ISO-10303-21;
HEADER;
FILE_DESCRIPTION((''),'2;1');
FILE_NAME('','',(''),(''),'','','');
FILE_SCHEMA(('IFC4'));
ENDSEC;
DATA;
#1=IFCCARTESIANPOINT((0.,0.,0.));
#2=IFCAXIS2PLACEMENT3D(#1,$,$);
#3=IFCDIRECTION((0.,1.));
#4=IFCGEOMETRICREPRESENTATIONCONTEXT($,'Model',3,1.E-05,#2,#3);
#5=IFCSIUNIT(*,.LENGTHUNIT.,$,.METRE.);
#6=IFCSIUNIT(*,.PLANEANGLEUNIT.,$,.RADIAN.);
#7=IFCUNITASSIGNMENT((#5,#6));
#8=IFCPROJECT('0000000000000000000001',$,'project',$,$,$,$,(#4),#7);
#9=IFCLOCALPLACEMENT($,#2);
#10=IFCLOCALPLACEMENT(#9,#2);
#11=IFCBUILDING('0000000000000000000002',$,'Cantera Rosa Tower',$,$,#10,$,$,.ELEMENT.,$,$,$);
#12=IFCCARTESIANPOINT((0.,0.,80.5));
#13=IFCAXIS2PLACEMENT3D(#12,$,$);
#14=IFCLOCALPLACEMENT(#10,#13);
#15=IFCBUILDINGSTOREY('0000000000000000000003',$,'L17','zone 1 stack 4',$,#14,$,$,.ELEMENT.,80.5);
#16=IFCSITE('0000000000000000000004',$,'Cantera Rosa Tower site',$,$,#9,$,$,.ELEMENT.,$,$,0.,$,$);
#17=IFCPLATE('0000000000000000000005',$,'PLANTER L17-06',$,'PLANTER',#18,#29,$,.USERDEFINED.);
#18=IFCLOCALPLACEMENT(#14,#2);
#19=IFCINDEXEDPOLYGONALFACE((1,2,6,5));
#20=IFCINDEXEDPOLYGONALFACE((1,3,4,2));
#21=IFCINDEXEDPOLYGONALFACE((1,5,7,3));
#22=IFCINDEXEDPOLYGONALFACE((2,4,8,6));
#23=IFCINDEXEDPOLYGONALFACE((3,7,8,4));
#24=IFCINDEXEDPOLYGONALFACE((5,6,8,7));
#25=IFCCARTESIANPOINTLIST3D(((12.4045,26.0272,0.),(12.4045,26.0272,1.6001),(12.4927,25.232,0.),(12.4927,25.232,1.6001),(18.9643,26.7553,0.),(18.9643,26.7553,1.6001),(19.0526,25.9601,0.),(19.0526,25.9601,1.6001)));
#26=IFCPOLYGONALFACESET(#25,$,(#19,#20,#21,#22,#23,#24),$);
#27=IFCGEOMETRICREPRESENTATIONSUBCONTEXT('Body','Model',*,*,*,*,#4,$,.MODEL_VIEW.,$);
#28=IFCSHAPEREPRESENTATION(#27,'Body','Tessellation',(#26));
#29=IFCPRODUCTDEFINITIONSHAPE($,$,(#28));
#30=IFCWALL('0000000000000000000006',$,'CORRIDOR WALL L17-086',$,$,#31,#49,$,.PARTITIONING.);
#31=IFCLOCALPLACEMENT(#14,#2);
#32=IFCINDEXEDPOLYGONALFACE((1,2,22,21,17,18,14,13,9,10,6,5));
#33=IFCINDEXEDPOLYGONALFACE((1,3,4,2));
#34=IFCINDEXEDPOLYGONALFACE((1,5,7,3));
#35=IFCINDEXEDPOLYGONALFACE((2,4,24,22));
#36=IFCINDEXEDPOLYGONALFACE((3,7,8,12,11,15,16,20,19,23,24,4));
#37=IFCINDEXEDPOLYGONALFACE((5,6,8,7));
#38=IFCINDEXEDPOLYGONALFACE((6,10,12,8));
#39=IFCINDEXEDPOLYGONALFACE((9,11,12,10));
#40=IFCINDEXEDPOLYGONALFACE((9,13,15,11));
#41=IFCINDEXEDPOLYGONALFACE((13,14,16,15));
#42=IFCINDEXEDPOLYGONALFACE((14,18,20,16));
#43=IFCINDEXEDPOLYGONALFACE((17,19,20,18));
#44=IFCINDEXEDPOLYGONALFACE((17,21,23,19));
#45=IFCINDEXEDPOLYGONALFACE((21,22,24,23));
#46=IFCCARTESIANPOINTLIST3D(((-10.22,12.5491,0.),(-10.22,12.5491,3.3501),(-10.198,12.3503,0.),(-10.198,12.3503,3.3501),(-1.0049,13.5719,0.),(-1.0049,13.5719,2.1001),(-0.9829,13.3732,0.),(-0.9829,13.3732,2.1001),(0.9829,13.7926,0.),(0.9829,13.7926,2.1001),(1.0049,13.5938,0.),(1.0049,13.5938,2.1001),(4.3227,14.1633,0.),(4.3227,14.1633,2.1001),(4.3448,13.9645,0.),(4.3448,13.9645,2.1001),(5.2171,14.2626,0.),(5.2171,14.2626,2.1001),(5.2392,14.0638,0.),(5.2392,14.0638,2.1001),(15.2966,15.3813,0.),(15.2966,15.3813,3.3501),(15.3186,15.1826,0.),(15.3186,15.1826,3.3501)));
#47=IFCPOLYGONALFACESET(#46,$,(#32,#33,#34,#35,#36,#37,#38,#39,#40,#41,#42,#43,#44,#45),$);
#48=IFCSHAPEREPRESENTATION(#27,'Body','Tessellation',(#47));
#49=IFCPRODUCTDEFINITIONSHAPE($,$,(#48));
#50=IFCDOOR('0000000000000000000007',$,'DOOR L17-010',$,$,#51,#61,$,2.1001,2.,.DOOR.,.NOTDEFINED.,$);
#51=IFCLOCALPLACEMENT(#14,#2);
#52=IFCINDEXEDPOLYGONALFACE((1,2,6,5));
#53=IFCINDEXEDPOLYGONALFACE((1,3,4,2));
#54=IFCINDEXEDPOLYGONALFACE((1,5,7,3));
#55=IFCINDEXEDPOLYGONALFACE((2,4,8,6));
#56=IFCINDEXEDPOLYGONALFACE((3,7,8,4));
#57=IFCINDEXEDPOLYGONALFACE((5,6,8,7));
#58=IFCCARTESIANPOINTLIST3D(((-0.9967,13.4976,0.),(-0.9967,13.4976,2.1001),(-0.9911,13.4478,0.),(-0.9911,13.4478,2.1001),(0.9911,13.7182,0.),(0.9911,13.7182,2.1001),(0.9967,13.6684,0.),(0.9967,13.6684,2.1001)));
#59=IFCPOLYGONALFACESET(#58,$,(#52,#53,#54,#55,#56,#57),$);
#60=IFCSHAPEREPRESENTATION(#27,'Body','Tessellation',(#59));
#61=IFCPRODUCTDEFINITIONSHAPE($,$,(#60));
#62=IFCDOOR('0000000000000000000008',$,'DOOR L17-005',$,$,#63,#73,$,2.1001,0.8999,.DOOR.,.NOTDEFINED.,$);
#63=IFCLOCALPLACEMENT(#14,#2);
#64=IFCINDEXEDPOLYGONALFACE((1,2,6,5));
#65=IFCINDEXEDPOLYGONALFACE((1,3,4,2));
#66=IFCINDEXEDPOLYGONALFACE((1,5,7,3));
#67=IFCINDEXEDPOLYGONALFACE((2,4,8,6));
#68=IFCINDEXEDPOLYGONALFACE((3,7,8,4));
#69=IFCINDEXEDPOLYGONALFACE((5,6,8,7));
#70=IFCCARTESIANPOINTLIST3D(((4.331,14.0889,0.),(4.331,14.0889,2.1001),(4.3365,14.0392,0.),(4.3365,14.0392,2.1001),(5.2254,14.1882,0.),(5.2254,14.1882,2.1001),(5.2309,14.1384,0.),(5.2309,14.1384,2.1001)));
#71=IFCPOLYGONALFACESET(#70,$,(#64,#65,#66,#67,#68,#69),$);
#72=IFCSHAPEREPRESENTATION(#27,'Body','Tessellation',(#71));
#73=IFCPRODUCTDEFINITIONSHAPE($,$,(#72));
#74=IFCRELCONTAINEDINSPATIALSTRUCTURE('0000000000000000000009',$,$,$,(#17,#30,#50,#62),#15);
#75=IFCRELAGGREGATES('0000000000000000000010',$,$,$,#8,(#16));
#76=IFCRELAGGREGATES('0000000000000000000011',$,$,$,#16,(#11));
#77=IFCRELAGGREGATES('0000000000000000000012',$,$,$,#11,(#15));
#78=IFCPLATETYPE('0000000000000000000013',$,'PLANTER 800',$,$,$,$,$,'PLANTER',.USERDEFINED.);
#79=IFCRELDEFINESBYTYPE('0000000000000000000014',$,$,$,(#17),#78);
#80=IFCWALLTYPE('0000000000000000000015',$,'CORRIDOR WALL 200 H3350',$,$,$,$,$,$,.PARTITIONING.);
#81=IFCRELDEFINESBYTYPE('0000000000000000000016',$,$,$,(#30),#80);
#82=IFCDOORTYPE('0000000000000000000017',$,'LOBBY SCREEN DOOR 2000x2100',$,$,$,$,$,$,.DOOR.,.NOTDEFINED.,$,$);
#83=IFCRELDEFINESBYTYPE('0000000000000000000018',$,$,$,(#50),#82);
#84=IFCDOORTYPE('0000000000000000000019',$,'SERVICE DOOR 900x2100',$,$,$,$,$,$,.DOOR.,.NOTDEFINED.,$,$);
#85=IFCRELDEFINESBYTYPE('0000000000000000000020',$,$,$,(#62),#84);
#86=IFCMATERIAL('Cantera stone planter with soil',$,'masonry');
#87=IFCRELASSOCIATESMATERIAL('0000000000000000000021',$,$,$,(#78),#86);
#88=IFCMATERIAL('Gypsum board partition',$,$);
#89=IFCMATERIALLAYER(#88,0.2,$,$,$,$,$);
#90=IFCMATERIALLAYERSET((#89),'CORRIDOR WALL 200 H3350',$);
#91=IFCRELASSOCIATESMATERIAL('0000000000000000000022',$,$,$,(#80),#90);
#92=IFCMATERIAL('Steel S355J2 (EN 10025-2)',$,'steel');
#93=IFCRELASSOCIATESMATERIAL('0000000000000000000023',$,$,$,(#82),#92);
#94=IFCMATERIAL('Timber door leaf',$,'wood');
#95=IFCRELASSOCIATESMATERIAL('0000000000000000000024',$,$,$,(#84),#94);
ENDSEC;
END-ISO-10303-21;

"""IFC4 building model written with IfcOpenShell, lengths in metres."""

from ifc_helpers import new_model, si_unit, direction, frame, frame_2d, origin, origin_2d, place, context, subcontext, project, spatial, rectangle, extrude, material, layer, layer_set, type_object, element, fill, save


model = new_model("IFC4")

# Units and contexts
model_context = context("Model", 3, precision=1e-05, world=origin(), true_north=direction((0.0, 1.0)))
body_context = subcontext(model_context, "Body", "Model", "MODEL_VIEW")
ifc_project = project(units=[si_unit("LENGTHUNIT", "METRE"), si_unit("PLANEANGLEUNIT", "RADIAN")], contexts=[model_context])

# Site, building, storey
site_placement = place(None, origin())
site = spatial("IfcSite", under=ifc_project, at=site_placement, Name="Cantera Rosa Tower site", CompositionType="ELEMENT", RefElevation=0.0)
building_placement = place(site_placement, origin())
building = spatial("IfcBuilding", under=site, at=building_placement, Name="Cantera Rosa Tower", CompositionType="ELEMENT")
storey_placement = place(building_placement, frame((0.0, 0.0, 80.5)))
storey = spatial("IfcBuildingStorey", under=building, at=storey_placement, Name="L17", Description="zone 1 stack 4", CompositionType="ELEMENT", Elevation=80.5)

# Plate
ifc_material_1 = material(Name="Cantera stone planter with soil", Category="masonry")
plate_type = type_object("IfcPlateType", Name="PLANTER 800", ElementType="PLANTER", PredefinedType="USERDEFINED", material=ifc_material_1)
plate_placement = place(storey_placement, frame((15.7285, 25.9937, 0.0), z_axis=(0.0, 0.0, 1.0), x_axis=(-0.993897, -0.110313, 0.0)))
element("IfcPlate", 1, at=plate_placement, inside=storey, type_object=plate_type, Name="PLANTER L17-06", ObjectType="PLANTER", PredefinedType="USERDEFINED", context=body_context, shape_type="SweptSolid", body=[
    extrude(rectangle(XDim=6.6001, YDim=0.8, at=origin_2d()), origin(), (0.0, 0.0, 1.0), 1.6001),
])

# Wall, openings, doors
ifc_material_2 = material(Name="Gypsum board partition")
ifc_layer_1 = layer(ifc_material_2, 0.2)
ifc_layer_set_1 = layer_set([ifc_layer_1], Name="CORRIDOR WALL 200 H3350")
wall_type_1 = type_object("IfcWallType", Name="CORRIDOR WALL 200 H3350", PredefinedType="PARTITIONING", material=ifc_layer_set_1)
wall_1_placement = place(storey_placement, frame((15.3076, 15.282, 0.0), z_axis=(0.0, 0.0, 1.0), x_axis=(-0.993896, -0.11032, 0.0)))
wall_1 = element("IfcWall", 2, at=wall_1_placement, inside=storey, type_object=wall_type_1, Name="CORRIDOR WALL L17-086", PredefinedType="PARTITIONING", context=body_context, shape_type="SweptSolid", body=[
    extrude(rectangle(XDim=25.6733, YDim=0.2, at=frame_2d((12.8367, 0.0))), origin(), (0.0, 0.0, 1.0), 3.3501),
])
opening_1_placement = place(wall_1_placement, frame((10.1414, 0.0, 0.0)))
opening_1 = element("IfcOpeningElement", 3, at=opening_1_placement, cuts=wall_1, PredefinedType="OPENING", context=body_context, shape_type="SweptSolid", body=[
    extrude(rectangle(XDim=0.8999, YDim=2.1001, at=frame_2d((0.45, 1.05))), frame((0.0, 0.1099, 0.0), z_axis=(0.0, -1.0, 0.0), x_axis=(1.0, 0.0, 0.0)), (0.0, 0.0, 1.0), 0.22),
])
opening_2_placement = place(wall_1_placement, frame((14.4016, 0.0, 0.0)))
opening_2 = element("IfcOpeningElement", 4, at=opening_2_placement, cuts=wall_1, PredefinedType="OPENING", context=body_context, shape_type="SweptSolid", body=[
    extrude(rectangle(XDim=2.0, YDim=2.1001, at=frame_2d((1.0, 1.05))), frame((0.0, 0.1099, 0.0), z_axis=(0.0, -1.0, 0.0), x_axis=(1.0, 0.0, 0.0)), (0.0, 0.0, 1.0), 0.22),
])
ifc_material_3 = material(Name="Steel S355J2 (EN 10025-2)", Category="steel")
door_type_1 = type_object("IfcDoorType", Name="LOBBY SCREEN DOOR 2000x2100", OperationType="NOTDEFINED", PredefinedType="DOOR", material=ifc_material_3)
door_1_placement = place(opening_2_placement, origin())
door_1 = element("IfcDoor", 5, at=door_1_placement, inside=storey, type_object=door_type_1, Name="DOOR L17-010", OperationType="NOTDEFINED", OverallHeight=2.1001, OverallWidth=2.0, PredefinedType="DOOR", context=body_context, shape_type="SweptSolid", body=[
    extrude(rectangle(XDim=2.0, YDim=2.1001, at=frame_2d((1.0, 1.05))), frame((0.0, 0.0249, 0.0), z_axis=(0.0, -1.0, 0.0), x_axis=(1.0, 0.0, 0.0)), (0.0, 0.0, 1.0), 0.05),
])
fill(opening_2, door_1)
ifc_material_4 = material(Name="Timber door leaf", Category="wood")
door_type_2 = type_object("IfcDoorType", Name="SERVICE DOOR 900x2100", OperationType="NOTDEFINED", PredefinedType="DOOR", material=ifc_material_4)
door_2_placement = place(opening_1_placement, origin())
door_2 = element("IfcDoor", 6, at=door_2_placement, inside=storey, type_object=door_type_2, Name="DOOR L17-005", OperationType="NOTDEFINED", OverallHeight=2.1001, OverallWidth=0.8999, PredefinedType="DOOR", context=body_context, shape_type="SweptSolid", body=[
    extrude(rectangle(XDim=0.8999, YDim=2.1001, at=frame_2d((0.45, 1.05))), frame((0.0, 0.0249, 0.0), z_axis=(0.0, -1.0, 0.0), x_axis=(1.0, 0.0, 0.0)), (0.0, 0.0, 1.0), 0.05),
])
fill(opening_1, door_2)

save(model, "model.ifc")
